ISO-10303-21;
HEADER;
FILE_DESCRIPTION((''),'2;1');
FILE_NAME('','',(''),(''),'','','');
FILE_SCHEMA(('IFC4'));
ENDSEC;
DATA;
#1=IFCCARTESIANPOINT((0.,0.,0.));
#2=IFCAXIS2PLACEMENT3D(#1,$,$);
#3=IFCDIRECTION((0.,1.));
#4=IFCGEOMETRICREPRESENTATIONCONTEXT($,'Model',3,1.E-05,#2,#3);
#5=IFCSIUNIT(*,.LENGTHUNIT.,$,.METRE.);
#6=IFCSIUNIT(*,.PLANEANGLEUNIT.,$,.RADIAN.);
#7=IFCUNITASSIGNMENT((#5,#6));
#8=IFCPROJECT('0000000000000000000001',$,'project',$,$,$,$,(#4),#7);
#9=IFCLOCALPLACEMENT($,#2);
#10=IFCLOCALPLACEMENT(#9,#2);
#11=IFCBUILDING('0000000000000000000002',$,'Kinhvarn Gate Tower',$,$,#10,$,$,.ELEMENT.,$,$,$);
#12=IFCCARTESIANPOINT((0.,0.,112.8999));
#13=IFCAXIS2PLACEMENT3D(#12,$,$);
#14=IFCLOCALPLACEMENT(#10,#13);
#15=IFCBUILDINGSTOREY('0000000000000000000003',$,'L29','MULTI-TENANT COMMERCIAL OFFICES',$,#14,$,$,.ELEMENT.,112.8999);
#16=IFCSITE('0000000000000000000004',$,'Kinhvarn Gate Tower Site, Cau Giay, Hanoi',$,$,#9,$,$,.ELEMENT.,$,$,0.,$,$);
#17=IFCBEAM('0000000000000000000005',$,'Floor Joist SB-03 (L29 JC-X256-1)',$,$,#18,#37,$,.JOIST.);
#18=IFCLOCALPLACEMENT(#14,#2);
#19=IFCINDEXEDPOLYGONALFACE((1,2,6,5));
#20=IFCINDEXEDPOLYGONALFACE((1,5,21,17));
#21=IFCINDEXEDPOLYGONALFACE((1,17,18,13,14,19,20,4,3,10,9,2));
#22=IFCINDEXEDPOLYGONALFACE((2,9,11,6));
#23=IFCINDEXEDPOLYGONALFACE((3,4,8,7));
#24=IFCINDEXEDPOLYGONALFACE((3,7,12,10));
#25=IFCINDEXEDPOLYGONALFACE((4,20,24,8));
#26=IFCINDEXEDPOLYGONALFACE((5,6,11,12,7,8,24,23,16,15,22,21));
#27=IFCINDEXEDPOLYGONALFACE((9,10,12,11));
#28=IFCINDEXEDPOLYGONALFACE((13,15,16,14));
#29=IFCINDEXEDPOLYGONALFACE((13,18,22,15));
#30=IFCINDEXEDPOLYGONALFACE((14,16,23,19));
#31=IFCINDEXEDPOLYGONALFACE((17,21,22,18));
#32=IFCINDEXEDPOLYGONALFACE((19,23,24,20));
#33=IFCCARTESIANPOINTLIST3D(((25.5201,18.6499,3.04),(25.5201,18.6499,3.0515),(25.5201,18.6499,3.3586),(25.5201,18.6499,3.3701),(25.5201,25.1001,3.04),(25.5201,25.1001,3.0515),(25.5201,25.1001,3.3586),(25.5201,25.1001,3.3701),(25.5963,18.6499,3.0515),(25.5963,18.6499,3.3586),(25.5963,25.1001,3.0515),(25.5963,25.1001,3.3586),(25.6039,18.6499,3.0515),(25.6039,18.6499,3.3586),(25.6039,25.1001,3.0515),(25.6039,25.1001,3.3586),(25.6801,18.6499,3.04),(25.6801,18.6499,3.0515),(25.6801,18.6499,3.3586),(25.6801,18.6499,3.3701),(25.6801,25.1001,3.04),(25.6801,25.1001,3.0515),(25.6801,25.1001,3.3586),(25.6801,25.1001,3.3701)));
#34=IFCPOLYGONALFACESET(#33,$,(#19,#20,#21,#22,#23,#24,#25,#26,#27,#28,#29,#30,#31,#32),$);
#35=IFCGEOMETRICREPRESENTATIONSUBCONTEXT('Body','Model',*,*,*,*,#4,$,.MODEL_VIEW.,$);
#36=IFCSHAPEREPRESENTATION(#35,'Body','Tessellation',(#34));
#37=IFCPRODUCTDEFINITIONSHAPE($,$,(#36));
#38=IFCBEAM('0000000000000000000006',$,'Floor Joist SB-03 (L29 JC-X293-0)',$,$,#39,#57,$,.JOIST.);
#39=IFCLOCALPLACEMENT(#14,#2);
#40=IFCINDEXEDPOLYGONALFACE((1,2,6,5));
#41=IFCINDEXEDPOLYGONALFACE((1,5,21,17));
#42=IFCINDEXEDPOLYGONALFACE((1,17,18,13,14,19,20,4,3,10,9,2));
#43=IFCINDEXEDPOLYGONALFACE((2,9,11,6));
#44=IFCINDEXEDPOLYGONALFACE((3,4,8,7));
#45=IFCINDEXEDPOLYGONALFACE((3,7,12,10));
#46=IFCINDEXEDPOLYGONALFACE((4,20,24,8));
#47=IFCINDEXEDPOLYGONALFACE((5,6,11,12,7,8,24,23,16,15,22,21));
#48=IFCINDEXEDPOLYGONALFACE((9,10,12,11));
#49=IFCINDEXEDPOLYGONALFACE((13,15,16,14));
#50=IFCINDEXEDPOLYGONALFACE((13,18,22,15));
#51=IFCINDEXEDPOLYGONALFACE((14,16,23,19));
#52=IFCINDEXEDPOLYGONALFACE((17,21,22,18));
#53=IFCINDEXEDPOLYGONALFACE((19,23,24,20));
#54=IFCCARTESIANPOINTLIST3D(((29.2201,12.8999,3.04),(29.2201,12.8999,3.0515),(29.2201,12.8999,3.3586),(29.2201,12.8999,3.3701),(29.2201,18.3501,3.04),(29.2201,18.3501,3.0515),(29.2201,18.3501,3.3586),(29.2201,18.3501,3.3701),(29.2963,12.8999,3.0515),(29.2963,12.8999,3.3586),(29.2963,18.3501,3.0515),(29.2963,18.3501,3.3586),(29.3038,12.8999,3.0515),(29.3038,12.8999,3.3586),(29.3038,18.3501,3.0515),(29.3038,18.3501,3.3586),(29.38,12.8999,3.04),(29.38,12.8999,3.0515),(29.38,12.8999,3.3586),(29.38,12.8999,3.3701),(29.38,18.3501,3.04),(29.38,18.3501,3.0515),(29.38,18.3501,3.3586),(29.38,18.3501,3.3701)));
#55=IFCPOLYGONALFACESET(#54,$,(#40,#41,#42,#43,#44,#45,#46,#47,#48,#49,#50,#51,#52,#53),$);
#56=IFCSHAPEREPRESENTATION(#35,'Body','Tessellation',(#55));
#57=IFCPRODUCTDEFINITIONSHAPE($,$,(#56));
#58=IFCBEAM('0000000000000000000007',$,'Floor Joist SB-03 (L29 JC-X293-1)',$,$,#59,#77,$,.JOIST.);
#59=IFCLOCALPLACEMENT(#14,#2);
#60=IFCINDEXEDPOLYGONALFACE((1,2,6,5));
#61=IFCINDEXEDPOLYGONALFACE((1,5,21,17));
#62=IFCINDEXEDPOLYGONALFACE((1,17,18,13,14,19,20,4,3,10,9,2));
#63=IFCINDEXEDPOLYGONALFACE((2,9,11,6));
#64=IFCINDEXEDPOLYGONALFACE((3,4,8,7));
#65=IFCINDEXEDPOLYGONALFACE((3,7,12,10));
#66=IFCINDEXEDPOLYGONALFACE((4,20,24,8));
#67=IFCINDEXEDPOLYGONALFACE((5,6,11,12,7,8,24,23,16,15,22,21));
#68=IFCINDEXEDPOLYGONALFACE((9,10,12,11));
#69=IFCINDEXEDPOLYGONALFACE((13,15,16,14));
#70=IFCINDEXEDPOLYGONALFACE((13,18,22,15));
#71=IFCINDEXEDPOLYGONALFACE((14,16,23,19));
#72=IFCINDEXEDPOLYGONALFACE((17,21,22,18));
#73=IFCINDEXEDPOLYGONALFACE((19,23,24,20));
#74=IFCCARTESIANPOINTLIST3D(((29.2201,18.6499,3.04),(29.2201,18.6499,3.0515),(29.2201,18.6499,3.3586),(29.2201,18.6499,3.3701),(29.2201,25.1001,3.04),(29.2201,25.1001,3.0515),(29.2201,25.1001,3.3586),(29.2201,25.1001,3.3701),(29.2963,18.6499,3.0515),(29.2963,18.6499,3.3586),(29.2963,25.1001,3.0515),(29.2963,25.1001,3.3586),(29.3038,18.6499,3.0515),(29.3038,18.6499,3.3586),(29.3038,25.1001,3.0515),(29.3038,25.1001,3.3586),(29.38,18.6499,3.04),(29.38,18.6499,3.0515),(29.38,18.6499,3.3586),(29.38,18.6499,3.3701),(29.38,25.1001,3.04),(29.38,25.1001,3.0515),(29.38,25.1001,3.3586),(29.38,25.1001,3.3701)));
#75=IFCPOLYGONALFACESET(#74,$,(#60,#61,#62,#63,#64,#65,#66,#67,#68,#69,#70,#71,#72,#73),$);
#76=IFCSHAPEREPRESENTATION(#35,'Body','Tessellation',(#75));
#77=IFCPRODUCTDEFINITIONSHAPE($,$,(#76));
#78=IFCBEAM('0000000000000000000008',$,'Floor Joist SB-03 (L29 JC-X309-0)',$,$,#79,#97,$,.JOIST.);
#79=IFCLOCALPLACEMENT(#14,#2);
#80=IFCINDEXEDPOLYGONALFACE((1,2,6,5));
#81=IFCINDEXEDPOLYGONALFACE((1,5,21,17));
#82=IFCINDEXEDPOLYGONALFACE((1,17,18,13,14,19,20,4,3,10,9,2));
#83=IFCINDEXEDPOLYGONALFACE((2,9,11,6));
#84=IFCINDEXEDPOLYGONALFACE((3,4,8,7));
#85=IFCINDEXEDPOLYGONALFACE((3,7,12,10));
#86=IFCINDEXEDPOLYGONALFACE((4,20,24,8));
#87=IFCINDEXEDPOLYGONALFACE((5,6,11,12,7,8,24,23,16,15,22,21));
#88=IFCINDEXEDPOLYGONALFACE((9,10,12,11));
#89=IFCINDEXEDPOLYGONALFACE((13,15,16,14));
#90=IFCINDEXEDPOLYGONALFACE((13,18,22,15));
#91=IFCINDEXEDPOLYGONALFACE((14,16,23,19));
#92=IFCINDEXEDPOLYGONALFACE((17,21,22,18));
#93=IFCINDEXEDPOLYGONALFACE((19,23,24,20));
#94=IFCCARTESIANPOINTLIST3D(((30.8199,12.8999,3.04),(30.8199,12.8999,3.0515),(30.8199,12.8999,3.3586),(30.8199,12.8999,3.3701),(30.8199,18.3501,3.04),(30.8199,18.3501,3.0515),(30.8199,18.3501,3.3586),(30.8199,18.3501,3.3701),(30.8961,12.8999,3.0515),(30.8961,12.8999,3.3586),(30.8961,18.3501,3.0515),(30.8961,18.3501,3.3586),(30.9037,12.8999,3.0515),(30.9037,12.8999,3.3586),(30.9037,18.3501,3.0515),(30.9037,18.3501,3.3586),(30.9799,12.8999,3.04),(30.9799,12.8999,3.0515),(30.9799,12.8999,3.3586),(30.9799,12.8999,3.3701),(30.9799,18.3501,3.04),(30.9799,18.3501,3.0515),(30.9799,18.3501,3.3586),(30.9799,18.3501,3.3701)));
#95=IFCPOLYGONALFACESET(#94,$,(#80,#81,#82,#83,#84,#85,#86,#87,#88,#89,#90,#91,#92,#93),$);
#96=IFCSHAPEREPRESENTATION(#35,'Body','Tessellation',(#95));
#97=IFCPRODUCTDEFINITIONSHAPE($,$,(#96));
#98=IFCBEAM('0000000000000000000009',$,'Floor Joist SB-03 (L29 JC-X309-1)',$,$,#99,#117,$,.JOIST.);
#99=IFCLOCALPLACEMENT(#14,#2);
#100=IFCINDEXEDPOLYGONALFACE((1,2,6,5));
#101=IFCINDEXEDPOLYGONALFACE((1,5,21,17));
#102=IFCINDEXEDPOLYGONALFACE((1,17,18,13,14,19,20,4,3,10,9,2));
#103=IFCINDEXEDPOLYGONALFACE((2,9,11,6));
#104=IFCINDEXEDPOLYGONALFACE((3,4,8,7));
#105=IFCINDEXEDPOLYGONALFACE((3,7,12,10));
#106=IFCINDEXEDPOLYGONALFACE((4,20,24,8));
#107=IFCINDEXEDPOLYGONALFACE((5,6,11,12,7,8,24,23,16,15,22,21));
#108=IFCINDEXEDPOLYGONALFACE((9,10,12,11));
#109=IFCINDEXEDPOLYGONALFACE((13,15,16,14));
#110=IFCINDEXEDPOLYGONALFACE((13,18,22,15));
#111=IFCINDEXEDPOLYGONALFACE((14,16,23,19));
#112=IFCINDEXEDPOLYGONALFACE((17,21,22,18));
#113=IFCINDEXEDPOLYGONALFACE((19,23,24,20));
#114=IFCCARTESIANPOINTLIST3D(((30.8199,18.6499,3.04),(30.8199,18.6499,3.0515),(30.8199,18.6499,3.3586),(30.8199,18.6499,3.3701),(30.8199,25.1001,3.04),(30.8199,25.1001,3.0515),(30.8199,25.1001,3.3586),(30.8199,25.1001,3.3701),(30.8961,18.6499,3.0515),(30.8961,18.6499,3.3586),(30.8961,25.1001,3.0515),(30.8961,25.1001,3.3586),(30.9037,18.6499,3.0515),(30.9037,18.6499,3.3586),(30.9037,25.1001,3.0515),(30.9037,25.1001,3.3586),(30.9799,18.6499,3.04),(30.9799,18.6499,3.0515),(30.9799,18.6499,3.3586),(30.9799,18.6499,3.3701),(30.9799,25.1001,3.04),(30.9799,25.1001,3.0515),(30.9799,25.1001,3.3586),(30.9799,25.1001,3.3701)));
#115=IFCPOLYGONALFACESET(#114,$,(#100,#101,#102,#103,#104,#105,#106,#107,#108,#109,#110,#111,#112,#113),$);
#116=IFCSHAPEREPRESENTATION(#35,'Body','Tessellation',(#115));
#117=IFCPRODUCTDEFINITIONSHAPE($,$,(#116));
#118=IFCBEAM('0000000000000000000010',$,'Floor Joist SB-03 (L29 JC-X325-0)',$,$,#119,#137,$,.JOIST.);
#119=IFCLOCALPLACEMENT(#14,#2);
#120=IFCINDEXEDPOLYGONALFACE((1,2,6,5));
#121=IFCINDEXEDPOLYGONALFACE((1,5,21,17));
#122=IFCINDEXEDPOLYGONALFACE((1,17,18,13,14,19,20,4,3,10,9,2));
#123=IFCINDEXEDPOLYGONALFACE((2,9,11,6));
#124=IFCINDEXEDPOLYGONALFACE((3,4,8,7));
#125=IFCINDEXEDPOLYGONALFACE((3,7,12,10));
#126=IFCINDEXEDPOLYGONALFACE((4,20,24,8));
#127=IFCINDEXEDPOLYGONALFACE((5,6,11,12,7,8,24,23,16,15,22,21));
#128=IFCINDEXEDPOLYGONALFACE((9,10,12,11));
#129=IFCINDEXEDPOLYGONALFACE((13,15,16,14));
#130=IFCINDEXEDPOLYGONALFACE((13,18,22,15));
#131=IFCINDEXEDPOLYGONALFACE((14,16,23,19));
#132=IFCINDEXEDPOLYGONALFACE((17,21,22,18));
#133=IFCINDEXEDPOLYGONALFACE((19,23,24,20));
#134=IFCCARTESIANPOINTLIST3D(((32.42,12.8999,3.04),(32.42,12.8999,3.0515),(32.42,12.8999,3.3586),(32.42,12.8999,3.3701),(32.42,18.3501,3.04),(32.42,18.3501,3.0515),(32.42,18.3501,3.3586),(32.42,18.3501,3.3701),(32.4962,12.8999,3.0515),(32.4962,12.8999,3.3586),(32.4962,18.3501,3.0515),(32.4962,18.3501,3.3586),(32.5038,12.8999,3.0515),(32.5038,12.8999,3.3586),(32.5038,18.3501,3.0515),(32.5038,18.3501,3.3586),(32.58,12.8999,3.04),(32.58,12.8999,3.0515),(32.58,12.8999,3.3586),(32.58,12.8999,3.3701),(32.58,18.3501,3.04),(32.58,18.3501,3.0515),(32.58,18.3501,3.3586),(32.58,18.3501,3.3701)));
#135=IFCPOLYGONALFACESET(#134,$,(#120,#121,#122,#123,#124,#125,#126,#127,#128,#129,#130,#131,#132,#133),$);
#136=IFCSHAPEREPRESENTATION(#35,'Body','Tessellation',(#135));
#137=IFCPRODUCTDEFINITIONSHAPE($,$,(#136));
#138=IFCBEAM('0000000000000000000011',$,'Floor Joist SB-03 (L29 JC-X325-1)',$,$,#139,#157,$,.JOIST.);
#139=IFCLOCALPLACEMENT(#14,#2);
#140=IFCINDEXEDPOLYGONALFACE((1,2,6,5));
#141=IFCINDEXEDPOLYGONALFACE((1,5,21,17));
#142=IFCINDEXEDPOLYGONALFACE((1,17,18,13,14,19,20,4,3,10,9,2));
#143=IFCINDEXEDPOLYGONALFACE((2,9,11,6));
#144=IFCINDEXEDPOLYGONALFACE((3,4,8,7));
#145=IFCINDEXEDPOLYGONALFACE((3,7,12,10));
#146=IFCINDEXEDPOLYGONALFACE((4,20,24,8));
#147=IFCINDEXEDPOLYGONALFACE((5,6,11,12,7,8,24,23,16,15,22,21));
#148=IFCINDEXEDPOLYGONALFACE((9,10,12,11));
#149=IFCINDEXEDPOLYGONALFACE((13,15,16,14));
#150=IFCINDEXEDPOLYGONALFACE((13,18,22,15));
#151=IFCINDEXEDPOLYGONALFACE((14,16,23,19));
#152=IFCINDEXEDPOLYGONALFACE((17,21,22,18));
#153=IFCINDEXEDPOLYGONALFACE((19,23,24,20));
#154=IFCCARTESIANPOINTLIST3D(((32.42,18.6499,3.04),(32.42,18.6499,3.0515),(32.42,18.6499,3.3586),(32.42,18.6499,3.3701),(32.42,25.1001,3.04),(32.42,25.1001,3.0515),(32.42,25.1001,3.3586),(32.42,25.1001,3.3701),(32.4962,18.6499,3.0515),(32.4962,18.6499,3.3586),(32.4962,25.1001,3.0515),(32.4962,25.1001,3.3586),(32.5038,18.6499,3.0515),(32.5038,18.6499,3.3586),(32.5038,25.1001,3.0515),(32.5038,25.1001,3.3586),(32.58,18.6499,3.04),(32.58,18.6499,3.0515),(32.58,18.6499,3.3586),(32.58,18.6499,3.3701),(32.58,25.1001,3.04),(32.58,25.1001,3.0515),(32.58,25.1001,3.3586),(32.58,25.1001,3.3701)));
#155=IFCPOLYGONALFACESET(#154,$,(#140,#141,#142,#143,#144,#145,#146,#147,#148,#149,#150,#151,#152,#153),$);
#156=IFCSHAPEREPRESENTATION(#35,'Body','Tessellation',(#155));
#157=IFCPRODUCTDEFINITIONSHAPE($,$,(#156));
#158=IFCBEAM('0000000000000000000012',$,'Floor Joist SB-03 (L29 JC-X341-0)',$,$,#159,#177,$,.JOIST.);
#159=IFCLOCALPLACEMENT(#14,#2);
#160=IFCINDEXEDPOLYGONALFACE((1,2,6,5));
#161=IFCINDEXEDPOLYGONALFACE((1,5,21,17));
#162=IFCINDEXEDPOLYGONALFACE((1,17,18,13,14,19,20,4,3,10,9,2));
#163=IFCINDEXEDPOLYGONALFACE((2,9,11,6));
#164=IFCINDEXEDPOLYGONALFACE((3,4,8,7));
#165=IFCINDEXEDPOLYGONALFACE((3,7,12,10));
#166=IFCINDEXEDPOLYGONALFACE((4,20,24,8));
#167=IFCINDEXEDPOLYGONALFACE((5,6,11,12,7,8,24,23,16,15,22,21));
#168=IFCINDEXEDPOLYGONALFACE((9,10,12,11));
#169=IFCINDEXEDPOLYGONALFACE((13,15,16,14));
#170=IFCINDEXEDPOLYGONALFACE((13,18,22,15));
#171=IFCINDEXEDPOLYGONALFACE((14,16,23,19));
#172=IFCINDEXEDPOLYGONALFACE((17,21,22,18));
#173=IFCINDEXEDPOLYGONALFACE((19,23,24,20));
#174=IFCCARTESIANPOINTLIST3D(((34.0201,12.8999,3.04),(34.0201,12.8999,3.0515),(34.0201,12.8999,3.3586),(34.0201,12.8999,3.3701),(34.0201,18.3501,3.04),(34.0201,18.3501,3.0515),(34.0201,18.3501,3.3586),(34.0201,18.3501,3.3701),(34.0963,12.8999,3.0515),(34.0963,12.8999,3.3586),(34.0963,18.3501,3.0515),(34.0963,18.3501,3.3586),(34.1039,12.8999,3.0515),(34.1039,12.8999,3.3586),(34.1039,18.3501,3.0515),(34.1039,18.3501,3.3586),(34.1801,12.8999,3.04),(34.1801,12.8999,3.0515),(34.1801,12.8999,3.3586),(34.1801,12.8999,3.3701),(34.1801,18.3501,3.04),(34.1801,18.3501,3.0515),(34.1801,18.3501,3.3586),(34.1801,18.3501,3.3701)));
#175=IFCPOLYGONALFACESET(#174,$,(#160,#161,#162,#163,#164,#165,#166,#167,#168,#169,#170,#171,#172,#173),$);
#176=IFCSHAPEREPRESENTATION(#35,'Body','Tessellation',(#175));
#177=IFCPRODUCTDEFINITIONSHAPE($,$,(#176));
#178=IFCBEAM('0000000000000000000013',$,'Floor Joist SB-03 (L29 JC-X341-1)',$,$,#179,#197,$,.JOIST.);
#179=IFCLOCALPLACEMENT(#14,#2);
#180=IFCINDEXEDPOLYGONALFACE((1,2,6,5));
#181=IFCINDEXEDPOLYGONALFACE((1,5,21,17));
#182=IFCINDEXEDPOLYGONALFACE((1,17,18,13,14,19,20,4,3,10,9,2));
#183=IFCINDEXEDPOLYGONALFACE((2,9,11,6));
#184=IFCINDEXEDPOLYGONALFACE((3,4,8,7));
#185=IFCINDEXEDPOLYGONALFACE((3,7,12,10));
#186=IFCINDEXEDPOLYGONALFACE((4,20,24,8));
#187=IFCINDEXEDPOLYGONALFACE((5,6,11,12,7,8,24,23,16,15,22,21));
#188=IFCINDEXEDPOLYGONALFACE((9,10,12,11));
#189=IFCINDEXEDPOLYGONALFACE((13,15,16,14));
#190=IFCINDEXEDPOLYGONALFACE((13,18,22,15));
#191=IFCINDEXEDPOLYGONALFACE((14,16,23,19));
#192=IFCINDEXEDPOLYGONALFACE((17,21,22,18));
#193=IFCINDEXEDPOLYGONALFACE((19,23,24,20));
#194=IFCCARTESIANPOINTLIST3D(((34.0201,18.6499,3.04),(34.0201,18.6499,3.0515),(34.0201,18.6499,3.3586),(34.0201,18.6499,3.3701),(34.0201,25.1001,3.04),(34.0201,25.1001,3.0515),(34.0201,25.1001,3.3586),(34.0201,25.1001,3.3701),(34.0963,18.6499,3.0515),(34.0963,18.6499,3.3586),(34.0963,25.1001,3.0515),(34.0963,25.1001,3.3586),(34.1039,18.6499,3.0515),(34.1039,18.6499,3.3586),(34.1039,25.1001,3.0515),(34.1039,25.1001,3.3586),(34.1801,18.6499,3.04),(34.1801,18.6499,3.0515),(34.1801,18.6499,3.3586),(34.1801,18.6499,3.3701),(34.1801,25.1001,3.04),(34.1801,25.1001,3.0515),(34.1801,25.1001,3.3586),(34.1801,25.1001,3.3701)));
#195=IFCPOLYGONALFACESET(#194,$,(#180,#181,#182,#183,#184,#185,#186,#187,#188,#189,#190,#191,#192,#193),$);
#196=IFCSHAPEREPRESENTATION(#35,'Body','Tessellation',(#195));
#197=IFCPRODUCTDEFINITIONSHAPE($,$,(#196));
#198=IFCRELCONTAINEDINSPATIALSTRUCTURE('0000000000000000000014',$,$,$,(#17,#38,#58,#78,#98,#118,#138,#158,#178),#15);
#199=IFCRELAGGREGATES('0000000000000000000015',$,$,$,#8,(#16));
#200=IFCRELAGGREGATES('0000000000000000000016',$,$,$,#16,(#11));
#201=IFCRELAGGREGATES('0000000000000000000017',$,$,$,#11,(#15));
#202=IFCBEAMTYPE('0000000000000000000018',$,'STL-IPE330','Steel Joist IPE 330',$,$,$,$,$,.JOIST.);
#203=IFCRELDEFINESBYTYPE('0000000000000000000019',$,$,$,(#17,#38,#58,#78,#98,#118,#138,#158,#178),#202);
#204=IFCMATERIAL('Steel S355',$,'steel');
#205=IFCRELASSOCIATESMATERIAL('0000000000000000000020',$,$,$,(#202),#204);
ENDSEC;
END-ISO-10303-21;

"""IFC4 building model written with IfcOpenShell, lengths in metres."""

from ifc_helpers import new_model, si_unit, direction, frame, origin, origin_2d, place, context, subcontext, project, spatial, i_section, extrude, material, material_profile, profile_set, type_object, element, save


model = new_model("IFC4")

# Units and contexts
model_context = context("Model", 3, precision=1e-05, world=origin(), true_north=direction((0.0, 1.0)))
body_context = subcontext(model_context, "Body", "Model", "MODEL_VIEW")
ifc_project = project(units=[si_unit("LENGTHUNIT", "METRE"), si_unit("PLANEANGLEUNIT", "RADIAN")], contexts=[model_context])

# Site, building, storey
site_placement = place(None, origin())
site = spatial("IfcSite", under=ifc_project, at=site_placement, Name="Kinhvarn Gate Tower Site, Cau Giay, Hanoi", CompositionType="ELEMENT", RefElevation=0.0)
building_placement = place(site_placement, origin())
building = spatial("IfcBuilding", under=site, at=building_placement, Name="Kinhvarn Gate Tower", CompositionType="ELEMENT")
storey_placement = place(building_placement, frame((0.0, 0.0, 112.8999)))
storey = spatial("IfcBuildingStorey", under=building, at=storey_placement, Name="L29", Description="MULTI-TENANT COMMERCIAL OFFICES", CompositionType="ELEMENT", Elevation=112.8999)

# Beams
ifc_material_1 = material(Name="Steel S355", Category="steel")
ifc_material_profile_1 = material_profile(ifc_material_1, i_section(OverallWidth=0.1599, OverallDepth=0.3301, WebThickness=0.0076, FlangeThickness=0.0115, at=origin_2d()), Name="IPE 330")
ifc_profile_set_1 = profile_set([ifc_material_profile_1], Name="Steel S355")
beam_type_1 = type_object("IfcBeamType", Name="STL-IPE330", Description="Steel Joist IPE 330", PredefinedType="JOIST", material=ifc_profile_set_1)
beam_1_placement = place(storey_placement, frame((25.6001, 18.6499, 3.2051), z_axis=(0.0, 1.0, 0.0), x_axis=(-1.0, 0.0, 0.0)))
element("IfcBeam", 1, at=beam_1_placement, inside=storey, type_object=beam_type_1, Name="Floor Joist SB-03 (L29 JC-X256-1)", PredefinedType="JOIST", context=body_context, shape_type="SweptSolid", body=[
    extrude(i_section(OverallWidth=0.1599, OverallDepth=0.3301, WebThickness=0.0076, FlangeThickness=0.0115, at=origin_2d()), origin(), (0.0, 0.0, 1.0), 6.4502),
])
beam_2_placement = place(storey_placement, frame((29.3, 12.8999, 3.2051), z_axis=(0.0, 1.0, 0.0), x_axis=(-1.0, 0.0, 0.0)))
element("IfcBeam", 2, at=beam_2_placement, inside=storey, type_object=beam_type_1, Name="Floor Joist SB-03 (L29 JC-X293-0)", PredefinedType="JOIST", context=body_context, shape_type="SweptSolid", body=[
    extrude(i_section(OverallWidth=0.1599, OverallDepth=0.3301, WebThickness=0.0076, FlangeThickness=0.0115, at=origin_2d()), origin(), (0.0, 0.0, 1.0), 5.4502),
])
beam_3_placement = place(storey_placement, frame((29.3, 18.6499, 3.2051), z_axis=(0.0, 1.0, 0.0), x_axis=(-1.0, 0.0, 0.0)))
element("IfcBeam", 3, at=beam_3_placement, inside=storey, type_object=beam_type_1, Name="Floor Joist SB-03 (L29 JC-X293-1)", PredefinedType="JOIST", context=body_context, shape_type="SweptSolid", body=[
    extrude(i_section(OverallWidth=0.1599, OverallDepth=0.3301, WebThickness=0.0076, FlangeThickness=0.0115, at=origin_2d()), origin(), (0.0, 0.0, 1.0), 6.4502),
])
beam_4_placement = place(storey_placement, frame((30.8999, 12.8999, 3.2051), z_axis=(0.0, 1.0, 0.0), x_axis=(-1.0, 0.0, 0.0)))
element("IfcBeam", 4, at=beam_4_placement, inside=storey, type_object=beam_type_1, Name="Floor Joist SB-03 (L29 JC-X309-0)", PredefinedType="JOIST", context=body_context, shape_type="SweptSolid", body=[
    extrude(i_section(OverallWidth=0.1599, OverallDepth=0.3301, WebThickness=0.0076, FlangeThickness=0.0115, at=origin_2d()), origin(), (0.0, 0.0, 1.0), 5.4502),
])
beam_5_placement = place(storey_placement, frame((30.8999, 18.6499, 3.2051), z_axis=(0.0, 1.0, 0.0), x_axis=(-1.0, 0.0, 0.0)))
element("IfcBeam", 5, at=beam_5_placement, inside=storey, type_object=beam_type_1, Name="Floor Joist SB-03 (L29 JC-X309-1)", PredefinedType="JOIST", context=body_context, shape_type="SweptSolid", body=[
    extrude(i_section(OverallWidth=0.1599, OverallDepth=0.3301, WebThickness=0.0076, FlangeThickness=0.0115, at=origin_2d()), origin(), (0.0, 0.0, 1.0), 6.4502),
])
beam_6_placement = place(storey_placement, frame((32.5, 12.8999, 3.2051), z_axis=(0.0, 1.0, 0.0), x_axis=(-1.0, 0.0, 0.0)))
element("IfcBeam", 6, at=beam_6_placement, inside=storey, type_object=beam_type_1, Name="Floor Joist SB-03 (L29 JC-X325-0)", PredefinedType="JOIST", context=body_context, shape_type="SweptSolid", body=[
    extrude(i_section(OverallWidth=0.1599, OverallDepth=0.3301, WebThickness=0.0076, FlangeThickness=0.0115, at=origin_2d()), origin(), (0.0, 0.0, 1.0), 5.4502),
])
beam_7_placement = place(storey_placement, frame((32.5, 18.6499, 3.2051), z_axis=(0.0, 1.0, 0.0), x_axis=(-1.0, 0.0, 0.0)))
element("IfcBeam", 7, at=beam_7_placement, inside=storey, type_object=beam_type_1, Name="Floor Joist SB-03 (L29 JC-X325-1)", PredefinedType="JOIST", context=body_context, shape_type="SweptSolid", body=[
    extrude(i_section(OverallWidth=0.1599, OverallDepth=0.3301, WebThickness=0.0076, FlangeThickness=0.0115, at=origin_2d()), origin(), (0.0, 0.0, 1.0), 6.4502),
])
beam_8_placement = place(storey_placement, frame((34.1001, 12.8999, 3.2051), z_axis=(0.0, 1.0, 0.0), x_axis=(-1.0, 0.0, 0.0)))
element("IfcBeam", 8, at=beam_8_placement, inside=storey, type_object=beam_type_1, Name="Floor Joist SB-03 (L29 JC-X341-0)", PredefinedType="JOIST", context=body_context, shape_type="SweptSolid", body=[
    extrude(i_section(OverallWidth=0.1599, OverallDepth=0.3301, WebThickness=0.0076, FlangeThickness=0.0115, at=origin_2d()), origin(), (0.0, 0.0, 1.0), 5.4502),
])
beam_9_placement = place(storey_placement, frame((34.1001, 18.6499, 3.2051), z_axis=(0.0, 1.0, 0.0), x_axis=(-1.0, 0.0, 0.0)))
element("IfcBeam", 9, at=beam_9_placement, inside=storey, type_object=beam_type_1, Name="Floor Joist SB-03 (L29 JC-X341-1)", PredefinedType="JOIST", context=body_context, shape_type="SweptSolid", body=[
    extrude(i_section(OverallWidth=0.1599, OverallDepth=0.3301, WebThickness=0.0076, FlangeThickness=0.0115, at=origin_2d()), origin(), (0.0, 0.0, 1.0), 6.4502),
])

save(model, "model.ifc")
